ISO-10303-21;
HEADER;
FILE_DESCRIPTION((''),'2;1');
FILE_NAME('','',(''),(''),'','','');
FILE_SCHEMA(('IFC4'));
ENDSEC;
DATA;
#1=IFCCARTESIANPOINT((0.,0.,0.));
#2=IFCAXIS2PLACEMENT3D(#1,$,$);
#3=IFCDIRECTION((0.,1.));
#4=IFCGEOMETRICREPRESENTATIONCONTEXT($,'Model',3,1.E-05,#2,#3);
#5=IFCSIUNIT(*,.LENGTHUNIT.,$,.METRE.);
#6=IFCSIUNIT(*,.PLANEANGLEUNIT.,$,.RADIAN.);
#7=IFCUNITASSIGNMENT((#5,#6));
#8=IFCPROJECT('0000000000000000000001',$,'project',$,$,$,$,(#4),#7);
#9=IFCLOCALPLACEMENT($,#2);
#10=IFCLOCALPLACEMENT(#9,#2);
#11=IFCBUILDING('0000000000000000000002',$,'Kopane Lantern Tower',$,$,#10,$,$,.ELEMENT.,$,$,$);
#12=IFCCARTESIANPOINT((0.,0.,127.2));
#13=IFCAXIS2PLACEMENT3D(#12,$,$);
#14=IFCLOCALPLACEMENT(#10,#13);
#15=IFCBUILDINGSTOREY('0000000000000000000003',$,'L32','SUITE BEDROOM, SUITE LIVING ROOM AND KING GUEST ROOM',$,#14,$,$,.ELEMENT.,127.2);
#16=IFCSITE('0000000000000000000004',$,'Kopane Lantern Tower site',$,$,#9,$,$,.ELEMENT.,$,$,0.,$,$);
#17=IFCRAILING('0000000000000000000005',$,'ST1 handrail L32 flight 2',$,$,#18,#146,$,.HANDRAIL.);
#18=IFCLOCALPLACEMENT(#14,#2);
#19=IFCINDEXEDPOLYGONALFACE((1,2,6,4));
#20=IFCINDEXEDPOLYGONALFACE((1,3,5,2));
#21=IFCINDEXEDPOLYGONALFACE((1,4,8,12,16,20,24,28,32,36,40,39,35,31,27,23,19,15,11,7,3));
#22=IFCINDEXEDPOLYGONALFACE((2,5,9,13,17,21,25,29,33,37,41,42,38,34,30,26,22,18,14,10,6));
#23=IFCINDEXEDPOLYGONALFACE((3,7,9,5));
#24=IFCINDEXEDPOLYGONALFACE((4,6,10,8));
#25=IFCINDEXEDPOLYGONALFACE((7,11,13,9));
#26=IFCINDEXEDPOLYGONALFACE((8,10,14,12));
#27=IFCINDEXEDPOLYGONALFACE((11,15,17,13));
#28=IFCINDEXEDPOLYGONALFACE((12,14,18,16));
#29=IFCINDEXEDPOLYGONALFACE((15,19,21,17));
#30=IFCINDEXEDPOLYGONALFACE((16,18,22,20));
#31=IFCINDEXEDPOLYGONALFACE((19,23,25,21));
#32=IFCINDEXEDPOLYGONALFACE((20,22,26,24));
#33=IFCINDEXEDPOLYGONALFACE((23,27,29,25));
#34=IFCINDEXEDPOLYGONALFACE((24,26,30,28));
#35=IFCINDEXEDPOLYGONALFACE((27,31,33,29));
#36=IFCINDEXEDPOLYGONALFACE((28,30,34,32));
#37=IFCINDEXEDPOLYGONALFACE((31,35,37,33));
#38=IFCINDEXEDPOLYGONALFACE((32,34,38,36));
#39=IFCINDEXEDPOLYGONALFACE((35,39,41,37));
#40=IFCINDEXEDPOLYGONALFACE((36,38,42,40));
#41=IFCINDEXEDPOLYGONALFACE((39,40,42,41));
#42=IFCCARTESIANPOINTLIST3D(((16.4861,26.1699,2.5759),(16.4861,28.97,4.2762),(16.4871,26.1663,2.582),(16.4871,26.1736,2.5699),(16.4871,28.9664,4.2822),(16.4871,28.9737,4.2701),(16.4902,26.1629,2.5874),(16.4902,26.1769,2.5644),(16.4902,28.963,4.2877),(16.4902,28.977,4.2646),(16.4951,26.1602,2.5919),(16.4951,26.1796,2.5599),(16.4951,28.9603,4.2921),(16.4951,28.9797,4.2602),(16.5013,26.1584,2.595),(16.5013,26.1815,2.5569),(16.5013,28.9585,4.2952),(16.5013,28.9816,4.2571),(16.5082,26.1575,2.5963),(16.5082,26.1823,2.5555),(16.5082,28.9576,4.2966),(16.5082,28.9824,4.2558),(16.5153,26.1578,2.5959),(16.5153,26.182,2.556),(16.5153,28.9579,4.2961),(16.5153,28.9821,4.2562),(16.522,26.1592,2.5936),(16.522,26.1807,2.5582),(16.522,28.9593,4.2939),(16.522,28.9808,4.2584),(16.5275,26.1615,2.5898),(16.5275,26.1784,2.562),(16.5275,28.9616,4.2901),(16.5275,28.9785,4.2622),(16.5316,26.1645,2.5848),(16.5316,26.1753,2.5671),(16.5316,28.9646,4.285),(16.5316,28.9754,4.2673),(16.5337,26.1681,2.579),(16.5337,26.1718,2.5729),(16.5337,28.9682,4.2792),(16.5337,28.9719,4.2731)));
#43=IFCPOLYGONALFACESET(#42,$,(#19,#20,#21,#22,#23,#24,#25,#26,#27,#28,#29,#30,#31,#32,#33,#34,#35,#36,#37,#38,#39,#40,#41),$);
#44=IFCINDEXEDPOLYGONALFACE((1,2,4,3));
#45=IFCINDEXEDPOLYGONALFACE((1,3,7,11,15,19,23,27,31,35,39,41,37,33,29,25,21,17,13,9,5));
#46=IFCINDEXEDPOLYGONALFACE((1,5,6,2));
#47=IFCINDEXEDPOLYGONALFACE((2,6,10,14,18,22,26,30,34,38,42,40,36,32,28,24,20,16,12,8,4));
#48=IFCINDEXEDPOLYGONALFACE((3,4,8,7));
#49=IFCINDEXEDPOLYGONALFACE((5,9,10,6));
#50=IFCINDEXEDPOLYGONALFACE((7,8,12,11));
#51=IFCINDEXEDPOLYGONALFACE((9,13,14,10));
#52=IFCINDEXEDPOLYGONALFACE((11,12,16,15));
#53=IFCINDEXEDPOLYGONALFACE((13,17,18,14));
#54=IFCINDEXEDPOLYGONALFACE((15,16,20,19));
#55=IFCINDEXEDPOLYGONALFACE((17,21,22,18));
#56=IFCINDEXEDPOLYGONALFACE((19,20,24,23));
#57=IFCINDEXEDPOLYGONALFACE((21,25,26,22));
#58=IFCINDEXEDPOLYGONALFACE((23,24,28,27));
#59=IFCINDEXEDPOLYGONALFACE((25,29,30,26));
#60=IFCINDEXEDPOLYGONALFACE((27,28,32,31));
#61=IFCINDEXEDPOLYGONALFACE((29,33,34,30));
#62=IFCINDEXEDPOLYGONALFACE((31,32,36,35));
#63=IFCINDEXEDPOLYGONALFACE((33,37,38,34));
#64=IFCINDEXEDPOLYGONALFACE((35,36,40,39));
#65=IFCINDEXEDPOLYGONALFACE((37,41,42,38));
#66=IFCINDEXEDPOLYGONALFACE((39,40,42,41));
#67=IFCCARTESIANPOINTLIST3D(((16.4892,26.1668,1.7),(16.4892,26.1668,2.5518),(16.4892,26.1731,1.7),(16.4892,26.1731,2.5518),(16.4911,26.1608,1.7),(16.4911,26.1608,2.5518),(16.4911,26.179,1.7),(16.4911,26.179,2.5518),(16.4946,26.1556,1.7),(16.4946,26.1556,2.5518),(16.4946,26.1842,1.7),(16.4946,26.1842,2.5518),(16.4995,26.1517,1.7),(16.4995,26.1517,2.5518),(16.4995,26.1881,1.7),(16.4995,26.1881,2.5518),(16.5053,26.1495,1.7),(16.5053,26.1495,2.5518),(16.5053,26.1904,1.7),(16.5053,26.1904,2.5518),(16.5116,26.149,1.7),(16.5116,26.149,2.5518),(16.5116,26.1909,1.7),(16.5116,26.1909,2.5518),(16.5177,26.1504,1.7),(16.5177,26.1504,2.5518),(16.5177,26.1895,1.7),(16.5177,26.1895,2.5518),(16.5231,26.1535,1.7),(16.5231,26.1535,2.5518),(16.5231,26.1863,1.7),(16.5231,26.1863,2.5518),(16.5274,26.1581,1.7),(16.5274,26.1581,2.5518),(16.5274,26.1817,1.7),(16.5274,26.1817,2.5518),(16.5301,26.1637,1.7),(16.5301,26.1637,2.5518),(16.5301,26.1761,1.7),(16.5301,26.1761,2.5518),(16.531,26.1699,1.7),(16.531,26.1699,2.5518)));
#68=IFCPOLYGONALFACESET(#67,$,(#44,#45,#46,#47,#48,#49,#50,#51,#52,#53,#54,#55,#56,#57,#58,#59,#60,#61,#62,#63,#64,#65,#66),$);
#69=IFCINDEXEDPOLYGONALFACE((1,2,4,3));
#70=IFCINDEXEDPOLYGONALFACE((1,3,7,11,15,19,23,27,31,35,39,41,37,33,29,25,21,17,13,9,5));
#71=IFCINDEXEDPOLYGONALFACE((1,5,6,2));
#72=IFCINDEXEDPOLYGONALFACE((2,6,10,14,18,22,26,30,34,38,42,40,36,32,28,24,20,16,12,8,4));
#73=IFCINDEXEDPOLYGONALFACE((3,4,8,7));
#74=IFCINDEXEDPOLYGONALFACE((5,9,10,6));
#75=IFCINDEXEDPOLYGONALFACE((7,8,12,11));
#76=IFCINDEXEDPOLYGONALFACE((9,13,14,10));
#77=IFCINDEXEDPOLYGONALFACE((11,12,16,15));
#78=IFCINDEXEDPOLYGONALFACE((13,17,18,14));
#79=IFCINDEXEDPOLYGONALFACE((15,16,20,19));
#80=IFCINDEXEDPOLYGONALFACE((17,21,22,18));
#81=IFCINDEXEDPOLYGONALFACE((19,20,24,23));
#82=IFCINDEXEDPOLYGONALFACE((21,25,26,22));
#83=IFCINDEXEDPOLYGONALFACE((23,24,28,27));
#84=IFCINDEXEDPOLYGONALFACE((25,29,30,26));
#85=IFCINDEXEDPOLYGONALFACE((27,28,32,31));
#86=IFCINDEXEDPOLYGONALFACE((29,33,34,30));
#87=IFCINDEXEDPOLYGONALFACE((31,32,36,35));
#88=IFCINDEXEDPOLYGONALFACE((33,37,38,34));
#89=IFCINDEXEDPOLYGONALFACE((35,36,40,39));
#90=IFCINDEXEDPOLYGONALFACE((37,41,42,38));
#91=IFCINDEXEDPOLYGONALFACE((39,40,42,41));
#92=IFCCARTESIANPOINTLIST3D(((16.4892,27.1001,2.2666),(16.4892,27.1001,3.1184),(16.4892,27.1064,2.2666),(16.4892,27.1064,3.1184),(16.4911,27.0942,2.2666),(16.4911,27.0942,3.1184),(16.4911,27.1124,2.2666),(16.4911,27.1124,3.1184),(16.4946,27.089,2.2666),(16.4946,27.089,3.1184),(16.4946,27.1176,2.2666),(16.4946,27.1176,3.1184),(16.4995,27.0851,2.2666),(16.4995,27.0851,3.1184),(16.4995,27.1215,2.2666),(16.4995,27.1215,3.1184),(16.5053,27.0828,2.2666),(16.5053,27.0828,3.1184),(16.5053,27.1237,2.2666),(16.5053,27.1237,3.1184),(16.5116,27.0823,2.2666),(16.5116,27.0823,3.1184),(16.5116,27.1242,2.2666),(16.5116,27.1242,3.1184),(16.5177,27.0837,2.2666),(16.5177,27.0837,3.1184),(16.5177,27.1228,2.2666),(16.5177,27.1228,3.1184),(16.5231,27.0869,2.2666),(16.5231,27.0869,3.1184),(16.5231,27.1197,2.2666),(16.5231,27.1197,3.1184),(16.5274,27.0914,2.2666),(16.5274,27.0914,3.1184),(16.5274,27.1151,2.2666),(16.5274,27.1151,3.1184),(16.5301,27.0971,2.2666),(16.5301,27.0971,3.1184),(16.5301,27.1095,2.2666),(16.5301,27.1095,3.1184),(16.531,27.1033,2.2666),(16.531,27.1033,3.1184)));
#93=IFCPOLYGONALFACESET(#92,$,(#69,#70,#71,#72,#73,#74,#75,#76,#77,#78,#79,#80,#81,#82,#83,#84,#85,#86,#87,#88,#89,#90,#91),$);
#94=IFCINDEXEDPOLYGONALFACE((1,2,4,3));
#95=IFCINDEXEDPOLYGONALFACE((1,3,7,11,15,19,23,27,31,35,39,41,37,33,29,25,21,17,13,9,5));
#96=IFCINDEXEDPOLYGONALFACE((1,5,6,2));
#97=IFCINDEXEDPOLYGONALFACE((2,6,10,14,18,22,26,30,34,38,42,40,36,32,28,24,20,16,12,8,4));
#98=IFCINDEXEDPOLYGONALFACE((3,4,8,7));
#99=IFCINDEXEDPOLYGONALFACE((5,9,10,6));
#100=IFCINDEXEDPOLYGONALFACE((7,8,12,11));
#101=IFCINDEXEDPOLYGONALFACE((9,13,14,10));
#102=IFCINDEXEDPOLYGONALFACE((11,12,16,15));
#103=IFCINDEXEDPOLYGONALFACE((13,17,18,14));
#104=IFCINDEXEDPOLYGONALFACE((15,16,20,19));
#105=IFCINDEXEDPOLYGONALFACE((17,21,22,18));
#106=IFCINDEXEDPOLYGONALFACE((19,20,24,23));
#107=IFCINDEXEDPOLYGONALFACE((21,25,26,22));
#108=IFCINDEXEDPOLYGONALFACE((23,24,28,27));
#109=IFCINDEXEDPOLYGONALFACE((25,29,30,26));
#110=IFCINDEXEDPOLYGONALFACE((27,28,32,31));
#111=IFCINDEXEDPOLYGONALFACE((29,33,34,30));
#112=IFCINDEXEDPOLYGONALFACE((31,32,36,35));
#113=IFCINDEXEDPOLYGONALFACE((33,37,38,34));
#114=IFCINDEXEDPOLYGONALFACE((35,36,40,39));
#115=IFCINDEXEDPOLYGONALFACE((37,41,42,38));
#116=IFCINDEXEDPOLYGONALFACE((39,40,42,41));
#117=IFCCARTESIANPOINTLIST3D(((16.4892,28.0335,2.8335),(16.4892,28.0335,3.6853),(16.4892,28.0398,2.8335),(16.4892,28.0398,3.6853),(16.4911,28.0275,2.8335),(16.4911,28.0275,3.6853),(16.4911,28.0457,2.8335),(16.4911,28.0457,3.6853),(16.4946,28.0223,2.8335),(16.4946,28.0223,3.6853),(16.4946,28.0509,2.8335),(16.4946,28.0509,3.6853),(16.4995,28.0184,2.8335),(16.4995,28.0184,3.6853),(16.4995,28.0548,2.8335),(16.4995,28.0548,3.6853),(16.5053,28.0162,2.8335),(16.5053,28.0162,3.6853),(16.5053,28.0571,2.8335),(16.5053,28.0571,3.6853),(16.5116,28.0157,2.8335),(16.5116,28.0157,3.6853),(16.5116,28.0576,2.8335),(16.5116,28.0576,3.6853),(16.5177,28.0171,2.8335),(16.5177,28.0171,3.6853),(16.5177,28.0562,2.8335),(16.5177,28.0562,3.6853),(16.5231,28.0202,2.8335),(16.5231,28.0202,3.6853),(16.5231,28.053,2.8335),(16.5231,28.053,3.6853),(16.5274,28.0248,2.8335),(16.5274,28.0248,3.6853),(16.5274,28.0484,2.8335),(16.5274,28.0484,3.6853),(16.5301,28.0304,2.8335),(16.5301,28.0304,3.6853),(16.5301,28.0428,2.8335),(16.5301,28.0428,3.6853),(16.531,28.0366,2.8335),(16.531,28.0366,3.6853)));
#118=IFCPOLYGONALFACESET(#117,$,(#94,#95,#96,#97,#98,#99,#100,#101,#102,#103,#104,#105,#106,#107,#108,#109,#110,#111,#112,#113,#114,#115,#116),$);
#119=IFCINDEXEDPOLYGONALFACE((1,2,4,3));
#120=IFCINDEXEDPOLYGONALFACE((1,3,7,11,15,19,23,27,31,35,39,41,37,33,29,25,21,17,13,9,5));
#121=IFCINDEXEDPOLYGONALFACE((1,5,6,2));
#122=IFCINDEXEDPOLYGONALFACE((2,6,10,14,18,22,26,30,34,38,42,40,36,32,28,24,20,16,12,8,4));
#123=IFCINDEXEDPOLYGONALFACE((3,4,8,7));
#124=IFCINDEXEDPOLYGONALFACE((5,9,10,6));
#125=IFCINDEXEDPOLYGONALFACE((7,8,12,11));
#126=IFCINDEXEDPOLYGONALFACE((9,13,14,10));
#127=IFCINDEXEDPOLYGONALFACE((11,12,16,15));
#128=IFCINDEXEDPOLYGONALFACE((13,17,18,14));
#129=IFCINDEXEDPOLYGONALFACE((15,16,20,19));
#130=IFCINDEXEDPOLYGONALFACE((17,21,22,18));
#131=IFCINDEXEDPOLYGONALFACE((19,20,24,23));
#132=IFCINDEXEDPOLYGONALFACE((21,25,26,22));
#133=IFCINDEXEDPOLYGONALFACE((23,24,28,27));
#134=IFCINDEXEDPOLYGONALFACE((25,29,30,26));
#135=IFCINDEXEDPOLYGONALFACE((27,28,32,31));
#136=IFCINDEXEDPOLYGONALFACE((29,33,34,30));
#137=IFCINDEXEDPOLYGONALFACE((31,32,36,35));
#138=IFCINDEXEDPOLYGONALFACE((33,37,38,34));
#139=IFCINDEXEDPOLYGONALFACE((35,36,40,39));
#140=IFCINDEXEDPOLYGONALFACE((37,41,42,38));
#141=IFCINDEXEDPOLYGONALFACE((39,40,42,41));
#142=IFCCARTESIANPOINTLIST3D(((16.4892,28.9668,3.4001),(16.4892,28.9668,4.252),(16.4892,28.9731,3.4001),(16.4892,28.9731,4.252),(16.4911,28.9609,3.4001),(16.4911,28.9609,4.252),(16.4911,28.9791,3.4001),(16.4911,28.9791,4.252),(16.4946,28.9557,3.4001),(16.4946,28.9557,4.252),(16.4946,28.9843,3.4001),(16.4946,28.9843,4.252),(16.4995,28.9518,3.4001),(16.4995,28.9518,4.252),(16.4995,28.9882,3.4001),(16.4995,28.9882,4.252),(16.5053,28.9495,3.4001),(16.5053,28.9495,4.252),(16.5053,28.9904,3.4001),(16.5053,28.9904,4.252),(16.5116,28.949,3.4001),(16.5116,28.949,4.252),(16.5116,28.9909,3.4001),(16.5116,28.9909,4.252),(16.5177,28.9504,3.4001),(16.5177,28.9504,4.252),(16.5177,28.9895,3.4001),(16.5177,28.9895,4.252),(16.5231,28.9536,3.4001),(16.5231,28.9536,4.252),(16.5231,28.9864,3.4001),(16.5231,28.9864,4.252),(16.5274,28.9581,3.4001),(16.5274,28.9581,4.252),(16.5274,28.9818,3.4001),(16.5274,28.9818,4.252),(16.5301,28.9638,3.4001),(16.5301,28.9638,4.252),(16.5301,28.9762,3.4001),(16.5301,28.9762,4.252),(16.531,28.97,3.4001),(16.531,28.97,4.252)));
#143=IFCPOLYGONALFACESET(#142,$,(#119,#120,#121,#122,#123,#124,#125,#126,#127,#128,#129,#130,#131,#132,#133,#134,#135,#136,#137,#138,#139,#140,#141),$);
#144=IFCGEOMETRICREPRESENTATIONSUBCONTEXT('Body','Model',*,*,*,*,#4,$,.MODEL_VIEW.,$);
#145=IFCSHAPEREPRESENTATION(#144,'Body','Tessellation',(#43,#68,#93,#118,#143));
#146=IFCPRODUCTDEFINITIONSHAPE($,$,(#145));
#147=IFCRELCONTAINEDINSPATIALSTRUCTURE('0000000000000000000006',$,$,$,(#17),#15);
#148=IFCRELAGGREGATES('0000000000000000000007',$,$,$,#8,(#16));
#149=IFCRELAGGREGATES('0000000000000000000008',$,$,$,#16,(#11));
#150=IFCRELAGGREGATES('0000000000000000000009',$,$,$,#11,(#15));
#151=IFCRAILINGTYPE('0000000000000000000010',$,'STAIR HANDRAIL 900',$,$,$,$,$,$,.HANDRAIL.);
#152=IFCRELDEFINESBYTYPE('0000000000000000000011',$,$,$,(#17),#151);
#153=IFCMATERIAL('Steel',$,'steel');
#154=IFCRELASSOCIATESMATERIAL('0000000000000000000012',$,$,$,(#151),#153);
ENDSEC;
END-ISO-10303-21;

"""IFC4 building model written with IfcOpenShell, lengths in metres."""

from ifc_helpers import new_model, si_unit, direction, frame, origin, origin_2d, place, context, subcontext, project, spatial, circle, extrude, material, type_object, element, save


model = new_model("IFC4")

# Units and contexts
model_context = context("Model", 3, precision=1e-05, world=origin(), true_north=direction((0.0, 1.0)))
body_context = subcontext(model_context, "Body", "Model", "MODEL_VIEW")
ifc_project = project(units=[si_unit("LENGTHUNIT", "METRE"), si_unit("PLANEANGLEUNIT", "RADIAN")], contexts=[model_context])

# Site, building, storey
site_placement = place(None, origin())
site = spatial("IfcSite", under=ifc_project, at=site_placement, Name="Kopane Lantern Tower site", CompositionType="ELEMENT", RefElevation=0.0)
building_placement = place(site_placement, origin())
building = spatial("IfcBuilding", under=site, at=building_placement, Name="Kopane Lantern Tower", CompositionType="ELEMENT")
storey_placement = place(building_placement, frame((0.0, 0.0, 127.2)))
storey = spatial("IfcBuildingStorey", under=building, at=storey_placement, Name="L32", Description="SUITE BEDROOM, SUITE LIVING ROOM AND KING GUEST ROOM", CompositionType="ELEMENT", Elevation=127.2)

# Railing
ifc_material_1 = material(Name="Steel", Category="steel")
railing_type_1 = type_object("IfcRailingType", Name="STAIR HANDRAIL 900", PredefinedType="HANDRAIL", material=ifc_material_1)
for number, where, name in (
    (1, (16.51, 26.1699, 1.7), "ST1 handrail L32 flight 2"),
):
    element("IfcRailing", number, at=place(storey_placement, frame(where)), inside=storey, type_object=railing_type_1, Name=name, PredefinedType="HANDRAIL", context=body_context, shape_type="SweptSolid", body=[
        extrude(circle(Radius=0.0239, at=origin_2d()), frame((0.0, 0.0, 0.876), z_axis=(0.0, 0.854765, 0.519015), x_axis=(-1.0, 0.0, 0.0)), (0.0, 0.0, 1.0), 3.2759),
        extrude(circle(Radius=0.021, at=origin_2d()), origin(), (0.0, 0.0, 1.0), 0.8518),
        extrude(circle(Radius=0.021, at=origin_2d()), frame((0.0, 0.9333, 0.5667)), (0.0, 0.0, 1.0), 0.8518),
        extrude(circle(Radius=0.021, at=origin_2d()), frame((0.0, 1.8667, 1.1335)), (0.0, 0.0, 1.0), 0.8518),
        extrude(circle(Radius=0.021, at=origin_2d()), frame((0.0, 2.8, 1.7002)), (0.0, 0.0, 1.0), 0.8518),
    ])

save(model, "model.ifc")
